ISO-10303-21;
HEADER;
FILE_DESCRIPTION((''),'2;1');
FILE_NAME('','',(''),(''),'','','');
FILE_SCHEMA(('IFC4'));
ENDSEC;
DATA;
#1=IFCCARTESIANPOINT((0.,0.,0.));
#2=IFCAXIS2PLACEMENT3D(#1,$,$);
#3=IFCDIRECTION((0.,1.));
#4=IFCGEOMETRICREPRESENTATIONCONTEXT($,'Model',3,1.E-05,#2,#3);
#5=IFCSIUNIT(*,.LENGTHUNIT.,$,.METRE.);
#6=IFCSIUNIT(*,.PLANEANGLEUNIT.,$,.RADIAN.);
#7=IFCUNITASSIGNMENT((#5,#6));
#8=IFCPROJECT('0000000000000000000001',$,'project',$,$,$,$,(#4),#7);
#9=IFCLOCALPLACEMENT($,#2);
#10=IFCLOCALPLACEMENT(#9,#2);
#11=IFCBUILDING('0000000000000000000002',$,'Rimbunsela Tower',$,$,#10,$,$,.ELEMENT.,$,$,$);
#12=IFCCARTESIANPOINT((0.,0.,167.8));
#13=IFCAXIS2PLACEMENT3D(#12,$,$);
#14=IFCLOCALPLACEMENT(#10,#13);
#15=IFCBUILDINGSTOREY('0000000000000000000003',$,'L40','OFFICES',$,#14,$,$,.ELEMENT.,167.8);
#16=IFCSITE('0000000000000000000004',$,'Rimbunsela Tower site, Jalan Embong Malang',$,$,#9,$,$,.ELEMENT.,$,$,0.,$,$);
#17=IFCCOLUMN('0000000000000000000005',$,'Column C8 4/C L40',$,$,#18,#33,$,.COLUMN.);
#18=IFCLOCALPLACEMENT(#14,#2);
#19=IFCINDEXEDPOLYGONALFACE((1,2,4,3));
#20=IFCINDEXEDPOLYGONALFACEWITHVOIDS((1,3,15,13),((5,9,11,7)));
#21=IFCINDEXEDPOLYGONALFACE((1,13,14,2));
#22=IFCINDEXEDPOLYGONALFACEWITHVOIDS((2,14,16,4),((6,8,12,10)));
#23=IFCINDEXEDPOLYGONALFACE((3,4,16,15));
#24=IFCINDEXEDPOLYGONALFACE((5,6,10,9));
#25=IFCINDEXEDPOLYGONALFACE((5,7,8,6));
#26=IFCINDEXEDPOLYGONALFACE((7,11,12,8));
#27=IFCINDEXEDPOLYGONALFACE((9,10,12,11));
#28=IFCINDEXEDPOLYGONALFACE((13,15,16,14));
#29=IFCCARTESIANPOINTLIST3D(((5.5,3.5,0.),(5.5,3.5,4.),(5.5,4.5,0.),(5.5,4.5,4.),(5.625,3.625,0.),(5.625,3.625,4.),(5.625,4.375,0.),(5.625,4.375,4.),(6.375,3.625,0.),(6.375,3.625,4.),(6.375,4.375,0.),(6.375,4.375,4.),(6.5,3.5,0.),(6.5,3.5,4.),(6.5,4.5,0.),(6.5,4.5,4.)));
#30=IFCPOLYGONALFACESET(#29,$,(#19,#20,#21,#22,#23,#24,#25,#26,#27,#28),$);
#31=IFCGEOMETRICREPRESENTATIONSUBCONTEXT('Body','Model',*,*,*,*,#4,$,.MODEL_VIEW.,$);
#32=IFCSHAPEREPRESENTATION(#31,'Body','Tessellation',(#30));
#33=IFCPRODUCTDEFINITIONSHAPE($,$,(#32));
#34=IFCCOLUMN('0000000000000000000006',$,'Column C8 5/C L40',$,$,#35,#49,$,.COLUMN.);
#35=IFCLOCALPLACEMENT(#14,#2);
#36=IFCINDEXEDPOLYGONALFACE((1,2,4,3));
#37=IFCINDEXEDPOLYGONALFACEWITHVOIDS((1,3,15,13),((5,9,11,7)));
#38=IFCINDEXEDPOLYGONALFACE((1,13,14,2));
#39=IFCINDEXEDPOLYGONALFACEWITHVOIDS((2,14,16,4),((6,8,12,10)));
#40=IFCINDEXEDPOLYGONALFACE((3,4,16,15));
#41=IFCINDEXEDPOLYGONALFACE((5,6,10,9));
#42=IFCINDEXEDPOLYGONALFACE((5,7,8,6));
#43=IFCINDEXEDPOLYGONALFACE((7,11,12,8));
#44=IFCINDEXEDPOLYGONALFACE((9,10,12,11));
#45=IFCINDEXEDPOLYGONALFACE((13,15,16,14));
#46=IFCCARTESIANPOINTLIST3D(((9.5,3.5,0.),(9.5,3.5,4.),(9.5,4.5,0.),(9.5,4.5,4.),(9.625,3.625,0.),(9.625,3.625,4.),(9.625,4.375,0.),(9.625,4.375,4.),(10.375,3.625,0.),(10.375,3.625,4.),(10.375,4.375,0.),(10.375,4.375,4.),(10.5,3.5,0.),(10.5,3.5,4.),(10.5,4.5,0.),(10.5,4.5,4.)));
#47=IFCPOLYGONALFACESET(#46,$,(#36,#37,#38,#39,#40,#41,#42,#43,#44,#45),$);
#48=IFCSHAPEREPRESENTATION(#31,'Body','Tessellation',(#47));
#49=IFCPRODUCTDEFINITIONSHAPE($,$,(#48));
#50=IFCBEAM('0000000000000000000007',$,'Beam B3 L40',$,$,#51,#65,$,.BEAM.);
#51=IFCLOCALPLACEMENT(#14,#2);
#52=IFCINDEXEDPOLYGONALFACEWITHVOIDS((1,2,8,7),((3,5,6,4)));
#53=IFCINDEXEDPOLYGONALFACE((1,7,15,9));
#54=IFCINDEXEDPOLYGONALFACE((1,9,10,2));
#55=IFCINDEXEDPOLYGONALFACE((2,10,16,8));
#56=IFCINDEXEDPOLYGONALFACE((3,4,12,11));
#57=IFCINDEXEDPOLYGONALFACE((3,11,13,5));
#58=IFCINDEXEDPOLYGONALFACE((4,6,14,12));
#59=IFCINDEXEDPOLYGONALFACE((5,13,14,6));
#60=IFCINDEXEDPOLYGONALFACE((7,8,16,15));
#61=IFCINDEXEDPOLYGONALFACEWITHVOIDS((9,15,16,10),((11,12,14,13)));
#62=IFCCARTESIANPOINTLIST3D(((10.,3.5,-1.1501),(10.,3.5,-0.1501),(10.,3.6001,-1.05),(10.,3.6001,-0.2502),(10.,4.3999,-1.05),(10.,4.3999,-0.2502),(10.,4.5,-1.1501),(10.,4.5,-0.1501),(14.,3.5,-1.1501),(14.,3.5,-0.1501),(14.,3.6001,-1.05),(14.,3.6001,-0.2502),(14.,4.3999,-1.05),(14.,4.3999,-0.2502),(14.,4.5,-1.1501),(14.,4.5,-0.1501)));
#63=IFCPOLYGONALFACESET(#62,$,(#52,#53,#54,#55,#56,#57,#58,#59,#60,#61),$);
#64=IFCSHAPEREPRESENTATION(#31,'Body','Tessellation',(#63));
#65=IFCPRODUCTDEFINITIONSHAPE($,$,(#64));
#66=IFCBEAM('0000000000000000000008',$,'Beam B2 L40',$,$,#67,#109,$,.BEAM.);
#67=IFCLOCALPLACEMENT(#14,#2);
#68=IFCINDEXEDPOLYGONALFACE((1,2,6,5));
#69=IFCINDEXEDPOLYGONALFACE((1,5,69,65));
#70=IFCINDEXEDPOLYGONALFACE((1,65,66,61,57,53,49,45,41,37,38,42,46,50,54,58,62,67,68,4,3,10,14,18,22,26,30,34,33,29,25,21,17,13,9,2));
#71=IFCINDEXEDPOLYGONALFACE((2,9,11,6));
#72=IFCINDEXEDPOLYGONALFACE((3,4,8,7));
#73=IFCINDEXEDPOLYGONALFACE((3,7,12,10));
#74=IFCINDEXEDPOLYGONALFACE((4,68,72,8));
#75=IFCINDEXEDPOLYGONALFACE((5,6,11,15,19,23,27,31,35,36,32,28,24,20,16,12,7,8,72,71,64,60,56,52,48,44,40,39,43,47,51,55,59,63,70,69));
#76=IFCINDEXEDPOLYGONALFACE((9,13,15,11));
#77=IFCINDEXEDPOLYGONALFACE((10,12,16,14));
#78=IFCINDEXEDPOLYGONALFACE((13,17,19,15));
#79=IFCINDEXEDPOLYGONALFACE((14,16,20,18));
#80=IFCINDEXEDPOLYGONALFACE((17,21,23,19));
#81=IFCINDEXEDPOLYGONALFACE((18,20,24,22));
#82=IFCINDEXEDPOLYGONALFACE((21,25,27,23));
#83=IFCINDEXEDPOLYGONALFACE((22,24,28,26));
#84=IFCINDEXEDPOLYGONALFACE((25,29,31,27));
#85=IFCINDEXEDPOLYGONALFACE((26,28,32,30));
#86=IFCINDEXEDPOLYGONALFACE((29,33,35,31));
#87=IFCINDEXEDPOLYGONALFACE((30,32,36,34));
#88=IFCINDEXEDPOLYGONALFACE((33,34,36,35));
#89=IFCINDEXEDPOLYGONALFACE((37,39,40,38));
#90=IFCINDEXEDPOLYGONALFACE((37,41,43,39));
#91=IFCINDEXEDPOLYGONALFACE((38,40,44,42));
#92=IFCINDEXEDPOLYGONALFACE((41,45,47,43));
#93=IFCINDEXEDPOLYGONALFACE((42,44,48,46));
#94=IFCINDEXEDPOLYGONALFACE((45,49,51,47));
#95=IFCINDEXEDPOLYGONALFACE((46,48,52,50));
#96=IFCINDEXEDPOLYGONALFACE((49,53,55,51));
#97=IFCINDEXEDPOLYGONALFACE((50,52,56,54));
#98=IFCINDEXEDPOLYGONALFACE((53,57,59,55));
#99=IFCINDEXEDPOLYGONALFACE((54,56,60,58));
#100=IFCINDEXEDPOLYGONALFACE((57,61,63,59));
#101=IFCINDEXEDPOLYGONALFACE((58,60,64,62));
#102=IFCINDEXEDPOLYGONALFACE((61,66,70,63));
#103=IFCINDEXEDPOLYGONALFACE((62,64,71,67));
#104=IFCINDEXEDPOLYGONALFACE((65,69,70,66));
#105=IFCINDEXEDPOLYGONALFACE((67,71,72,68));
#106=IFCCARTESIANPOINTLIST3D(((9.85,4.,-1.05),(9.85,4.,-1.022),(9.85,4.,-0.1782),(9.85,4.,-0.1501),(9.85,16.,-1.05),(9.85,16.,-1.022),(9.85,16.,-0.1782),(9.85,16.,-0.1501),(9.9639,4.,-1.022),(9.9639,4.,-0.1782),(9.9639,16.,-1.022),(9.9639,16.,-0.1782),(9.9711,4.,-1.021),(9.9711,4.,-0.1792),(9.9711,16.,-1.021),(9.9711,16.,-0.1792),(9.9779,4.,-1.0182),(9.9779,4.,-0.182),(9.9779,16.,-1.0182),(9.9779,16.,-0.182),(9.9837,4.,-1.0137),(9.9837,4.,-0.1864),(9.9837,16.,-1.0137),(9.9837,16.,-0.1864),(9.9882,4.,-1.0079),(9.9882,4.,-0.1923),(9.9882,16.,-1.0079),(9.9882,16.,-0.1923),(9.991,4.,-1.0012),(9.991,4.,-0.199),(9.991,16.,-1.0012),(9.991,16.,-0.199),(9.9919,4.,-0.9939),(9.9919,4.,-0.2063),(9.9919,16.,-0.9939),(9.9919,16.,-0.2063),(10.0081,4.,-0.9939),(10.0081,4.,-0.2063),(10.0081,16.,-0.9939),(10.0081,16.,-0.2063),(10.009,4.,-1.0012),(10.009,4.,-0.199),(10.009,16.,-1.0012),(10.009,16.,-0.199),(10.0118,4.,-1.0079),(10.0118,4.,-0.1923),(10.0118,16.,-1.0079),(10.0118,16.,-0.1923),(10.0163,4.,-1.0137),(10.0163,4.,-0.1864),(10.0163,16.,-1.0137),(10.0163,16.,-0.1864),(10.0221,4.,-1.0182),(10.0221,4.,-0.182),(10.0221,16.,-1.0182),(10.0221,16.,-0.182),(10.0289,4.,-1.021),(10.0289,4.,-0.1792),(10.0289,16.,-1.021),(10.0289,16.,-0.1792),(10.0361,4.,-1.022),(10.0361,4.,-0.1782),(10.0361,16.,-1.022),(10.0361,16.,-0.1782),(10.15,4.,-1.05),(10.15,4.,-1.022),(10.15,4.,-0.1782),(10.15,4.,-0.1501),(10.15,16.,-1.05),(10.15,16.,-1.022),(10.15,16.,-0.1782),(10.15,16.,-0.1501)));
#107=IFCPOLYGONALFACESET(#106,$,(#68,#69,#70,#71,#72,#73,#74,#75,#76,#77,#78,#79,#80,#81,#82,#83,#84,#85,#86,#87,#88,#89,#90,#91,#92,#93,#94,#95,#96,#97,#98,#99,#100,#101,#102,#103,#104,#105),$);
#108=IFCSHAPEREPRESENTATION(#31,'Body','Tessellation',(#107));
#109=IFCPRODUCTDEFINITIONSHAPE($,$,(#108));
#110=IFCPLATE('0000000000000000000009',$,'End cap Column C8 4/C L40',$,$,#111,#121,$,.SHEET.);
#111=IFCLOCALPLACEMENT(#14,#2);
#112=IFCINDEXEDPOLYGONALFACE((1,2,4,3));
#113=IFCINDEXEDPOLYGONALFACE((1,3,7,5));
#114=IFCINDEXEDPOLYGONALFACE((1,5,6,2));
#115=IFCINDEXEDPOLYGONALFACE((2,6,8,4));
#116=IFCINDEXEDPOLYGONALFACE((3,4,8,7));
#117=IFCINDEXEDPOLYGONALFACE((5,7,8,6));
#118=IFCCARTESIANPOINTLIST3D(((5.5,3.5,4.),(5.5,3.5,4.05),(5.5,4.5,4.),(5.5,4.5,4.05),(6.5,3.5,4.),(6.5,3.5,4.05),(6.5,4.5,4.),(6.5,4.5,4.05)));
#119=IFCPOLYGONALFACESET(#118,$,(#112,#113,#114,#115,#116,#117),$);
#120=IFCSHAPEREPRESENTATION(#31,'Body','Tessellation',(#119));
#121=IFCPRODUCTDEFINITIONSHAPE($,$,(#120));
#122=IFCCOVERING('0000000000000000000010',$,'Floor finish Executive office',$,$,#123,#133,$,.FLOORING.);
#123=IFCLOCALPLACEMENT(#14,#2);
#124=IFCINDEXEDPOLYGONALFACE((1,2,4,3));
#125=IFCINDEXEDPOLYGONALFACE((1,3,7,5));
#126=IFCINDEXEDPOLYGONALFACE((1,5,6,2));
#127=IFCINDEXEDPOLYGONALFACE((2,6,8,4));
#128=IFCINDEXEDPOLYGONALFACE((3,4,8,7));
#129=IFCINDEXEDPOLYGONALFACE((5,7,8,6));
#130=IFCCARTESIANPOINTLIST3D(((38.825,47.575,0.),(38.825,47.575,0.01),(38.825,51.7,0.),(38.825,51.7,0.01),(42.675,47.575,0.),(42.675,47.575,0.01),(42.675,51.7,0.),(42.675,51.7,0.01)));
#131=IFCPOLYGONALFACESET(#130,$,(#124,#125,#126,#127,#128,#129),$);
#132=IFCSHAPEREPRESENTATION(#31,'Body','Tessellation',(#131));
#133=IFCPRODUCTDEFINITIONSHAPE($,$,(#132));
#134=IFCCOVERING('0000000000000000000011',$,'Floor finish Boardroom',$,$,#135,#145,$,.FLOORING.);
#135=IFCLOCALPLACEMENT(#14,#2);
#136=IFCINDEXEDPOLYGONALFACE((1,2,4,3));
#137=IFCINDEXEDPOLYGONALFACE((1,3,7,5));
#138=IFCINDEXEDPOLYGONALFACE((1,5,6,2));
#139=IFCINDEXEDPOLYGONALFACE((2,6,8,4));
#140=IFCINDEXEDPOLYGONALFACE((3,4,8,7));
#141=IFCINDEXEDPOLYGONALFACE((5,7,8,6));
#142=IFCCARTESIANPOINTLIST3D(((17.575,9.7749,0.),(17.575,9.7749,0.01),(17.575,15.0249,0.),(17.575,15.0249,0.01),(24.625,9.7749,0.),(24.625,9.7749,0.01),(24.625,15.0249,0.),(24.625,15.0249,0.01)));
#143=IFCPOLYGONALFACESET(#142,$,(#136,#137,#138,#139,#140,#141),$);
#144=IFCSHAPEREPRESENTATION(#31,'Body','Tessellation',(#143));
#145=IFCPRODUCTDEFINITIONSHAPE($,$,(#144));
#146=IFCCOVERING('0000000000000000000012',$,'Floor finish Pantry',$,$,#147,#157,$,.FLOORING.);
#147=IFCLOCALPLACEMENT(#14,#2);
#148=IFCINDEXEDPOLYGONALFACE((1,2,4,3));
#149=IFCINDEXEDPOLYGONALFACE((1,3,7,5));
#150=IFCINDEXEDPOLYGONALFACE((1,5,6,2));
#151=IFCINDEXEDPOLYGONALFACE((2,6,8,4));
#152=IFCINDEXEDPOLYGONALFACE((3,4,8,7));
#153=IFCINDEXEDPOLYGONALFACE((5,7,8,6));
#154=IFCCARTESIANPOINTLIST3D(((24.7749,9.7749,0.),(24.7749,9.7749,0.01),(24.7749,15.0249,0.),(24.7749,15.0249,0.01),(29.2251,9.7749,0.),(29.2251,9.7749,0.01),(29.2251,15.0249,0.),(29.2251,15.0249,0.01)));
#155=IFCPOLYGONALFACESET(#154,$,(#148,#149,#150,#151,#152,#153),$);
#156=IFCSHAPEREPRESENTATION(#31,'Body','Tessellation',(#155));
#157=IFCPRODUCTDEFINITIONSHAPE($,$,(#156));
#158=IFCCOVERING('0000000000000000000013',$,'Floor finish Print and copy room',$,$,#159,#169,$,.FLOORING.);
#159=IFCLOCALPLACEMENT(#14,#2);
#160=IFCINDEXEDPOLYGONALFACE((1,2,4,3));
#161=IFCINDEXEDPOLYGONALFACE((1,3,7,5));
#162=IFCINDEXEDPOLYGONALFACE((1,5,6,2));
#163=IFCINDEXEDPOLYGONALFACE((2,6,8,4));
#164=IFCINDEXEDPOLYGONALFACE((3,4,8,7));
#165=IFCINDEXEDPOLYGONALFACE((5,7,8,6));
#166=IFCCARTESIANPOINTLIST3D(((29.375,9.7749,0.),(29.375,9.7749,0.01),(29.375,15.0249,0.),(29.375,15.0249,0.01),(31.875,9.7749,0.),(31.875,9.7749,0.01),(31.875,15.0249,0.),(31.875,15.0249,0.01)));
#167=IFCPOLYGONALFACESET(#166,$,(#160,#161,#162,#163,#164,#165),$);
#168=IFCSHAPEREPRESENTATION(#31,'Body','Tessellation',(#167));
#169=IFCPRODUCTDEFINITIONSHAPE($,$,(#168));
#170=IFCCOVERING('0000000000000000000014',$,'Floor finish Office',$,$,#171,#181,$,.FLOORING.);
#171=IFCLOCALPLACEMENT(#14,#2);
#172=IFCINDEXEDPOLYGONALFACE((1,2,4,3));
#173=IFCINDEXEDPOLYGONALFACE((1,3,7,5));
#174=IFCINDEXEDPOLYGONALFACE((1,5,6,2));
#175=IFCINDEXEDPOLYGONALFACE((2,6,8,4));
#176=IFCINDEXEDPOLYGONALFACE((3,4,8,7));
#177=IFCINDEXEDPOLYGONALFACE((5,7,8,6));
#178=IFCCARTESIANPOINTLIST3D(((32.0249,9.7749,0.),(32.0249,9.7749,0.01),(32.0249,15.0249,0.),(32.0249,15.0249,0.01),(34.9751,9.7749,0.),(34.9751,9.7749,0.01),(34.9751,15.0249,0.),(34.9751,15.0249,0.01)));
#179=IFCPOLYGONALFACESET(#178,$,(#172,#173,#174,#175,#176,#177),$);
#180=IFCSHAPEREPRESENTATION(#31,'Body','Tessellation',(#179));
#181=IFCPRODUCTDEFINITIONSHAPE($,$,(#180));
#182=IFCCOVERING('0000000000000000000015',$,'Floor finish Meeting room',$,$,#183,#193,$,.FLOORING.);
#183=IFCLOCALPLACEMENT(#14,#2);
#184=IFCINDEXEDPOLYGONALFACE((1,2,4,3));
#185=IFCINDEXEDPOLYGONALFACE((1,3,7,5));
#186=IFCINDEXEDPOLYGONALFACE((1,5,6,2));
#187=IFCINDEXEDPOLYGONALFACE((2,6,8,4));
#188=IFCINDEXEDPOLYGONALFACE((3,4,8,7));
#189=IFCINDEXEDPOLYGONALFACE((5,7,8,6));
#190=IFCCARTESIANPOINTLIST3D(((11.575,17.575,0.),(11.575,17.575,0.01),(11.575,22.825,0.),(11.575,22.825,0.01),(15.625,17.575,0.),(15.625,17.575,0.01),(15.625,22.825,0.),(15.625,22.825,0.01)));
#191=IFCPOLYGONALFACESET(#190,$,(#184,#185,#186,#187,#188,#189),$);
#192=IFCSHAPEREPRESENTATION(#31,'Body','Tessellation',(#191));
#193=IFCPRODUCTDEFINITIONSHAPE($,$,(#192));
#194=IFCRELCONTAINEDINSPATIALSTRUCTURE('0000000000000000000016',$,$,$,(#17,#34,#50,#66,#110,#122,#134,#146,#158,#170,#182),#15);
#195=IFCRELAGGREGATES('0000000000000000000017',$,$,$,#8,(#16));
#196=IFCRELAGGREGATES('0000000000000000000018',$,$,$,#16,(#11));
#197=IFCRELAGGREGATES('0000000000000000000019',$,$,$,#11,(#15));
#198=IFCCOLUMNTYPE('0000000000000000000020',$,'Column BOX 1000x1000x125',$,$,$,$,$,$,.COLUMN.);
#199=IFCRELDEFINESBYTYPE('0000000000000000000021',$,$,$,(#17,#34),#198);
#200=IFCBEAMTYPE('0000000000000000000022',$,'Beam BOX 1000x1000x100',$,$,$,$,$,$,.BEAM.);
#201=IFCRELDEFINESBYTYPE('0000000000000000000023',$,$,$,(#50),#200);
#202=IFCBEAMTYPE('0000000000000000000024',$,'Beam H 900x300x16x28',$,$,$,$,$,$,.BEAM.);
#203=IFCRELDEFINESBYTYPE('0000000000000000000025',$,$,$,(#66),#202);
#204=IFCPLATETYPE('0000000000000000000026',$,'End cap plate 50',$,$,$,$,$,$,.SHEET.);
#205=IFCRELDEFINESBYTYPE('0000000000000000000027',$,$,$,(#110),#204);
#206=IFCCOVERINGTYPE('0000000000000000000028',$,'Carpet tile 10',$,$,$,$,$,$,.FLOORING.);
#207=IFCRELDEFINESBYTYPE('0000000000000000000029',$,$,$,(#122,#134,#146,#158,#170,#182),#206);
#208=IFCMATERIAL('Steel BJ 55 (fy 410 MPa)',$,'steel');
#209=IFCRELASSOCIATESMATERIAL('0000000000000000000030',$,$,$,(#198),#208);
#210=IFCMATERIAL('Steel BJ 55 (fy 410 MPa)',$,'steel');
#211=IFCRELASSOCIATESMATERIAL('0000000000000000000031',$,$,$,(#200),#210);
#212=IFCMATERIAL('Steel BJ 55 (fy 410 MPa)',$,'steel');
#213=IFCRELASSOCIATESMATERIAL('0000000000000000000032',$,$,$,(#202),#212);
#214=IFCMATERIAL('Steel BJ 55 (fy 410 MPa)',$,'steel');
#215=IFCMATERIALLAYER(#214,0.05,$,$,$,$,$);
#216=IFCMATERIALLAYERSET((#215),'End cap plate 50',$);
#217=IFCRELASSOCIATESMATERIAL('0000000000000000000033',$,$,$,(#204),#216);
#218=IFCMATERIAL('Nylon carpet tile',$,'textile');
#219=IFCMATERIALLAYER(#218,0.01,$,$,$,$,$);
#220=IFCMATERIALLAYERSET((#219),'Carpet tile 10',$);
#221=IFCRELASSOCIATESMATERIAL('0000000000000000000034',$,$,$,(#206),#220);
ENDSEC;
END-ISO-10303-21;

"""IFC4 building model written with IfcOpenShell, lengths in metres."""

from ifc_helpers import new_model, si_unit, direction, frame, origin, origin_2d, place, context, subcontext, project, spatial, polyline, rectangle, hollow_rectangle, i_section, outline, extrude, material, layer, layer_set, material_profile, profile_set, type_object, element, save


model = new_model("IFC4")

# Units and contexts
model_context = context("Model", 3, precision=1e-05, world=origin(), true_north=direction((0.0, 1.0)))
body_context = subcontext(model_context, "Body", "Model", "MODEL_VIEW")
ifc_project = project(units=[si_unit("LENGTHUNIT", "METRE"), si_unit("PLANEANGLEUNIT", "RADIAN")], contexts=[model_context])

# Site, building, storey
site_placement = place(None, origin())
site = spatial("IfcSite", under=ifc_project, at=site_placement, Name="Rimbunsela Tower site, Jalan Embong Malang", CompositionType="ELEMENT", RefElevation=0.0)
building_placement = place(site_placement, origin())
building = spatial("IfcBuilding", under=site, at=building_placement, Name="Rimbunsela Tower", CompositionType="ELEMENT")
storey_placement = place(building_placement, frame((0.0, 0.0, 167.8)))
storey = spatial("IfcBuildingStorey", under=building, at=storey_placement, Name="L40", Description="OFFICES", CompositionType="ELEMENT", Elevation=167.8)

# Columns
ifc_material_1 = material(Name="Steel BJ 55 (fy 410 MPa)", Category="steel")
ifc_material_profile_1 = material_profile(ifc_material_1, hollow_rectangle(XDim=1.0, YDim=1.0, WallThickness=0.125, at=origin_2d()), Name="BOX 1000x1000x125")
ifc_profile_set_1 = profile_set([ifc_material_profile_1], Name="Steel BJ 55 (fy 410 MPa)")
column_type = type_object("IfcColumnType", Name="Column BOX 1000x1000x125", PredefinedType="COLUMN", material=ifc_profile_set_1)
for number, where, z_axis, x_axis, name in (
    (1, (6.0, 4.0, 0.0), (0.0, 0.0, 1.0), (1.0, 0.0, 0.0), "Column C8 4/C L40"),
    (2, (10.0, 4.0, 0.0), (0.0, 0.0, 1.0), (1.0, 0.0, 0.0), "Column C8 5/C L40"),
):
    element("IfcColumn", number, at=place(storey_placement, frame(where, z_axis=z_axis, x_axis=x_axis)), inside=storey, type_object=column_type, Name=name, PredefinedType="COLUMN", context=body_context, shape_type="SweptSolid", body=[
        extrude(hollow_rectangle(XDim=1.0, YDim=1.0, WallThickness=0.125, at=origin_2d()), origin(), (0.0, 0.0, 1.0), 4.0),
    ])

# Beams
ifc_material_2 = material(Name="Steel BJ 55 (fy 410 MPa)", Category="steel")
ifc_material_profile_2 = material_profile(ifc_material_2, hollow_rectangle(XDim=1.0, YDim=1.0, WallThickness=0.1001, at=origin_2d()), Name="BOX 1000x1000x100")
ifc_profile_set_2 = profile_set([ifc_material_profile_2], Name="Steel BJ 55 (fy 410 MPa)")
beam_type_1 = type_object("IfcBeamType", Name="Beam BOX 1000x1000x100", PredefinedType="BEAM", material=ifc_profile_set_2)
beam_1_placement = place(storey_placement, frame((10.0, 4.0, -0.6501), z_axis=(1.0, 0.0, 0.0), x_axis=(0.0, 1.0, 0.0)))
element("IfcBeam", 3, at=beam_1_placement, inside=storey, type_object=beam_type_1, Name="Beam B3 L40", PredefinedType="BEAM", context=body_context, shape_type="SweptSolid", body=[
    extrude(hollow_rectangle(XDim=1.0, YDim=1.0, WallThickness=0.1001, at=origin_2d()), origin(), (0.0, 0.0, 1.0), 4.0),
])
ifc_material_3 = material(Name="Steel BJ 55 (fy 410 MPa)", Category="steel")
ifc_material_profile_3 = material_profile(ifc_material_3, i_section(OverallWidth=0.3, OverallDepth=0.8999, WebThickness=0.0161, FlangeThickness=0.0281, FilletRadius=0.0281, at=origin_2d()), Name="H 900x300x16x28")
ifc_profile_set_3 = profile_set([ifc_material_profile_3], Name="Steel BJ 55 (fy 410 MPa)")
beam_type_2 = type_object("IfcBeamType", Name="Beam H 900x300x16x28", PredefinedType="BEAM", material=ifc_profile_set_3)
beam_2_placement = place(storey_placement, frame((10.0, 4.0, -0.6001), z_axis=(0.0, 1.0, 0.0), x_axis=(-1.0, 0.0, 0.0)))
element("IfcBeam", 4, at=beam_2_placement, inside=storey, type_object=beam_type_2, Name="Beam B2 L40", PredefinedType="BEAM", context=body_context, shape_type="SweptSolid", body=[
    extrude(i_section(OverallWidth=0.3, OverallDepth=0.8999, WebThickness=0.0161, FlangeThickness=0.0281, FilletRadius=0.0281, at=origin_2d()), origin(), (0.0, 0.0, 1.0), 12.0),
])

# Plate
ifc_material_4 = material(Name="Steel BJ 55 (fy 410 MPa)", Category="steel")
ifc_layer_1 = layer(ifc_material_4, 0.05)
ifc_layer_set_1 = layer_set([ifc_layer_1], Name="End cap plate 50")
plate_type = type_object("IfcPlateType", Name="End cap plate 50", PredefinedType="SHEET", material=ifc_layer_set_1)
plate_placement = place(storey_placement, frame((6.0, 4.0, 4.0), z_axis=(0.0, 0.0, 1.0), x_axis=(1.0, 0.0, 0.0)))
element("IfcPlate", 5, at=plate_placement, inside=storey, type_object=plate_type, Name="End cap Column C8 4/C L40", PredefinedType="SHEET", context=body_context, shape_type="SweptSolid", body=[
    extrude(rectangle(XDim=1.0, YDim=1.0, at=origin_2d()), origin(), (0.0, 0.0, 1.0), 0.05),
])

# Coverings
ifc_material_5 = material(Name="Nylon carpet tile", Category="textile")
ifc_layer_2 = layer(ifc_material_5, 0.01)
ifc_layer_set_2 = layer_set([ifc_layer_2], Name="Carpet tile 10")
covering_type_1 = type_object("IfcCoveringType", Name="Carpet tile 10", PredefinedType="FLOORING", material=ifc_layer_set_2)
covering_1_placement = place(storey_placement, origin())
element("IfcCovering", 6, at=covering_1_placement, inside=storey, type_object=covering_type_1, Name="Floor finish Executive office", PredefinedType="FLOORING", context=body_context, shape_type="SweptSolid", body=[
    extrude(outline(polyline([(42.675, 47.575), (42.675, 51.7), (38.825, 51.7), (38.825, 47.575), (42.675, 47.575)])), origin(), (0.0, 0.0, 1.0), 0.01),
])
covering_2_placement = place(storey_placement, origin())
element("IfcCovering", 7, at=covering_2_placement, inside=storey, type_object=covering_type_1, Name="Floor finish Boardroom", PredefinedType="FLOORING", context=body_context, shape_type="SweptSolid", body=[
    extrude(outline(polyline([(24.625, 9.7749), (24.625, 15.0249), (17.575, 15.0249), (17.575, 9.7749), (24.625, 9.7749)])), origin(), (0.0, 0.0, 1.0), 0.01),
])
covering_3_placement = place(storey_placement, origin())
element("IfcCovering", 8, at=covering_3_placement, inside=storey, type_object=covering_type_1, Name="Floor finish Pantry", PredefinedType="FLOORING", context=body_context, shape_type="SweptSolid", body=[
    extrude(outline(polyline([(29.2251, 9.7749), (29.2251, 15.0249), (24.7749, 15.0249), (24.7749, 9.7749), (29.2251, 9.7749)])), origin(), (0.0, 0.0, 1.0), 0.01),
])
covering_4_placement = place(storey_placement, origin())
element("IfcCovering", 9, at=covering_4_placement, inside=storey, type_object=covering_type_1, Name="Floor finish Print and copy room", PredefinedType="FLOORING", context=body_context, shape_type="SweptSolid", body=[
    extrude(outline(polyline([(31.875, 9.7749), (31.875, 15.0249), (29.375, 15.0249), (29.375, 9.7749), (31.875, 9.7749)])), origin(), (0.0, 0.0, 1.0), 0.01),
])
covering_5_placement = place(storey_placement, origin())
element("IfcCovering", 10, at=covering_5_placement, inside=storey, type_object=covering_type_1, Name="Floor finish Office", PredefinedType="FLOORING", context=body_context, shape_type="SweptSolid", body=[
    extrude(outline(polyline([(34.9751, 9.7749), (34.9751, 15.0249), (32.0249, 15.0249), (32.0249, 9.7749), (34.9751, 9.7749)])), origin(), (0.0, 0.0, 1.0), 0.01),
])
covering_6_placement = place(storey_placement, origin())
element("IfcCovering", 11, at=covering_6_placement, inside=storey, type_object=covering_type_1, Name="Floor finish Meeting room", PredefinedType="FLOORING", context=body_context, shape_type="SweptSolid", body=[
    extrude(outline(polyline([(15.625, 17.575), (15.625, 22.825), (11.575, 22.825), (11.575, 17.575), (15.625, 17.575)])), origin(), (0.0, 0.0, 1.0), 0.01),
])

save(model, "model.ifc")
